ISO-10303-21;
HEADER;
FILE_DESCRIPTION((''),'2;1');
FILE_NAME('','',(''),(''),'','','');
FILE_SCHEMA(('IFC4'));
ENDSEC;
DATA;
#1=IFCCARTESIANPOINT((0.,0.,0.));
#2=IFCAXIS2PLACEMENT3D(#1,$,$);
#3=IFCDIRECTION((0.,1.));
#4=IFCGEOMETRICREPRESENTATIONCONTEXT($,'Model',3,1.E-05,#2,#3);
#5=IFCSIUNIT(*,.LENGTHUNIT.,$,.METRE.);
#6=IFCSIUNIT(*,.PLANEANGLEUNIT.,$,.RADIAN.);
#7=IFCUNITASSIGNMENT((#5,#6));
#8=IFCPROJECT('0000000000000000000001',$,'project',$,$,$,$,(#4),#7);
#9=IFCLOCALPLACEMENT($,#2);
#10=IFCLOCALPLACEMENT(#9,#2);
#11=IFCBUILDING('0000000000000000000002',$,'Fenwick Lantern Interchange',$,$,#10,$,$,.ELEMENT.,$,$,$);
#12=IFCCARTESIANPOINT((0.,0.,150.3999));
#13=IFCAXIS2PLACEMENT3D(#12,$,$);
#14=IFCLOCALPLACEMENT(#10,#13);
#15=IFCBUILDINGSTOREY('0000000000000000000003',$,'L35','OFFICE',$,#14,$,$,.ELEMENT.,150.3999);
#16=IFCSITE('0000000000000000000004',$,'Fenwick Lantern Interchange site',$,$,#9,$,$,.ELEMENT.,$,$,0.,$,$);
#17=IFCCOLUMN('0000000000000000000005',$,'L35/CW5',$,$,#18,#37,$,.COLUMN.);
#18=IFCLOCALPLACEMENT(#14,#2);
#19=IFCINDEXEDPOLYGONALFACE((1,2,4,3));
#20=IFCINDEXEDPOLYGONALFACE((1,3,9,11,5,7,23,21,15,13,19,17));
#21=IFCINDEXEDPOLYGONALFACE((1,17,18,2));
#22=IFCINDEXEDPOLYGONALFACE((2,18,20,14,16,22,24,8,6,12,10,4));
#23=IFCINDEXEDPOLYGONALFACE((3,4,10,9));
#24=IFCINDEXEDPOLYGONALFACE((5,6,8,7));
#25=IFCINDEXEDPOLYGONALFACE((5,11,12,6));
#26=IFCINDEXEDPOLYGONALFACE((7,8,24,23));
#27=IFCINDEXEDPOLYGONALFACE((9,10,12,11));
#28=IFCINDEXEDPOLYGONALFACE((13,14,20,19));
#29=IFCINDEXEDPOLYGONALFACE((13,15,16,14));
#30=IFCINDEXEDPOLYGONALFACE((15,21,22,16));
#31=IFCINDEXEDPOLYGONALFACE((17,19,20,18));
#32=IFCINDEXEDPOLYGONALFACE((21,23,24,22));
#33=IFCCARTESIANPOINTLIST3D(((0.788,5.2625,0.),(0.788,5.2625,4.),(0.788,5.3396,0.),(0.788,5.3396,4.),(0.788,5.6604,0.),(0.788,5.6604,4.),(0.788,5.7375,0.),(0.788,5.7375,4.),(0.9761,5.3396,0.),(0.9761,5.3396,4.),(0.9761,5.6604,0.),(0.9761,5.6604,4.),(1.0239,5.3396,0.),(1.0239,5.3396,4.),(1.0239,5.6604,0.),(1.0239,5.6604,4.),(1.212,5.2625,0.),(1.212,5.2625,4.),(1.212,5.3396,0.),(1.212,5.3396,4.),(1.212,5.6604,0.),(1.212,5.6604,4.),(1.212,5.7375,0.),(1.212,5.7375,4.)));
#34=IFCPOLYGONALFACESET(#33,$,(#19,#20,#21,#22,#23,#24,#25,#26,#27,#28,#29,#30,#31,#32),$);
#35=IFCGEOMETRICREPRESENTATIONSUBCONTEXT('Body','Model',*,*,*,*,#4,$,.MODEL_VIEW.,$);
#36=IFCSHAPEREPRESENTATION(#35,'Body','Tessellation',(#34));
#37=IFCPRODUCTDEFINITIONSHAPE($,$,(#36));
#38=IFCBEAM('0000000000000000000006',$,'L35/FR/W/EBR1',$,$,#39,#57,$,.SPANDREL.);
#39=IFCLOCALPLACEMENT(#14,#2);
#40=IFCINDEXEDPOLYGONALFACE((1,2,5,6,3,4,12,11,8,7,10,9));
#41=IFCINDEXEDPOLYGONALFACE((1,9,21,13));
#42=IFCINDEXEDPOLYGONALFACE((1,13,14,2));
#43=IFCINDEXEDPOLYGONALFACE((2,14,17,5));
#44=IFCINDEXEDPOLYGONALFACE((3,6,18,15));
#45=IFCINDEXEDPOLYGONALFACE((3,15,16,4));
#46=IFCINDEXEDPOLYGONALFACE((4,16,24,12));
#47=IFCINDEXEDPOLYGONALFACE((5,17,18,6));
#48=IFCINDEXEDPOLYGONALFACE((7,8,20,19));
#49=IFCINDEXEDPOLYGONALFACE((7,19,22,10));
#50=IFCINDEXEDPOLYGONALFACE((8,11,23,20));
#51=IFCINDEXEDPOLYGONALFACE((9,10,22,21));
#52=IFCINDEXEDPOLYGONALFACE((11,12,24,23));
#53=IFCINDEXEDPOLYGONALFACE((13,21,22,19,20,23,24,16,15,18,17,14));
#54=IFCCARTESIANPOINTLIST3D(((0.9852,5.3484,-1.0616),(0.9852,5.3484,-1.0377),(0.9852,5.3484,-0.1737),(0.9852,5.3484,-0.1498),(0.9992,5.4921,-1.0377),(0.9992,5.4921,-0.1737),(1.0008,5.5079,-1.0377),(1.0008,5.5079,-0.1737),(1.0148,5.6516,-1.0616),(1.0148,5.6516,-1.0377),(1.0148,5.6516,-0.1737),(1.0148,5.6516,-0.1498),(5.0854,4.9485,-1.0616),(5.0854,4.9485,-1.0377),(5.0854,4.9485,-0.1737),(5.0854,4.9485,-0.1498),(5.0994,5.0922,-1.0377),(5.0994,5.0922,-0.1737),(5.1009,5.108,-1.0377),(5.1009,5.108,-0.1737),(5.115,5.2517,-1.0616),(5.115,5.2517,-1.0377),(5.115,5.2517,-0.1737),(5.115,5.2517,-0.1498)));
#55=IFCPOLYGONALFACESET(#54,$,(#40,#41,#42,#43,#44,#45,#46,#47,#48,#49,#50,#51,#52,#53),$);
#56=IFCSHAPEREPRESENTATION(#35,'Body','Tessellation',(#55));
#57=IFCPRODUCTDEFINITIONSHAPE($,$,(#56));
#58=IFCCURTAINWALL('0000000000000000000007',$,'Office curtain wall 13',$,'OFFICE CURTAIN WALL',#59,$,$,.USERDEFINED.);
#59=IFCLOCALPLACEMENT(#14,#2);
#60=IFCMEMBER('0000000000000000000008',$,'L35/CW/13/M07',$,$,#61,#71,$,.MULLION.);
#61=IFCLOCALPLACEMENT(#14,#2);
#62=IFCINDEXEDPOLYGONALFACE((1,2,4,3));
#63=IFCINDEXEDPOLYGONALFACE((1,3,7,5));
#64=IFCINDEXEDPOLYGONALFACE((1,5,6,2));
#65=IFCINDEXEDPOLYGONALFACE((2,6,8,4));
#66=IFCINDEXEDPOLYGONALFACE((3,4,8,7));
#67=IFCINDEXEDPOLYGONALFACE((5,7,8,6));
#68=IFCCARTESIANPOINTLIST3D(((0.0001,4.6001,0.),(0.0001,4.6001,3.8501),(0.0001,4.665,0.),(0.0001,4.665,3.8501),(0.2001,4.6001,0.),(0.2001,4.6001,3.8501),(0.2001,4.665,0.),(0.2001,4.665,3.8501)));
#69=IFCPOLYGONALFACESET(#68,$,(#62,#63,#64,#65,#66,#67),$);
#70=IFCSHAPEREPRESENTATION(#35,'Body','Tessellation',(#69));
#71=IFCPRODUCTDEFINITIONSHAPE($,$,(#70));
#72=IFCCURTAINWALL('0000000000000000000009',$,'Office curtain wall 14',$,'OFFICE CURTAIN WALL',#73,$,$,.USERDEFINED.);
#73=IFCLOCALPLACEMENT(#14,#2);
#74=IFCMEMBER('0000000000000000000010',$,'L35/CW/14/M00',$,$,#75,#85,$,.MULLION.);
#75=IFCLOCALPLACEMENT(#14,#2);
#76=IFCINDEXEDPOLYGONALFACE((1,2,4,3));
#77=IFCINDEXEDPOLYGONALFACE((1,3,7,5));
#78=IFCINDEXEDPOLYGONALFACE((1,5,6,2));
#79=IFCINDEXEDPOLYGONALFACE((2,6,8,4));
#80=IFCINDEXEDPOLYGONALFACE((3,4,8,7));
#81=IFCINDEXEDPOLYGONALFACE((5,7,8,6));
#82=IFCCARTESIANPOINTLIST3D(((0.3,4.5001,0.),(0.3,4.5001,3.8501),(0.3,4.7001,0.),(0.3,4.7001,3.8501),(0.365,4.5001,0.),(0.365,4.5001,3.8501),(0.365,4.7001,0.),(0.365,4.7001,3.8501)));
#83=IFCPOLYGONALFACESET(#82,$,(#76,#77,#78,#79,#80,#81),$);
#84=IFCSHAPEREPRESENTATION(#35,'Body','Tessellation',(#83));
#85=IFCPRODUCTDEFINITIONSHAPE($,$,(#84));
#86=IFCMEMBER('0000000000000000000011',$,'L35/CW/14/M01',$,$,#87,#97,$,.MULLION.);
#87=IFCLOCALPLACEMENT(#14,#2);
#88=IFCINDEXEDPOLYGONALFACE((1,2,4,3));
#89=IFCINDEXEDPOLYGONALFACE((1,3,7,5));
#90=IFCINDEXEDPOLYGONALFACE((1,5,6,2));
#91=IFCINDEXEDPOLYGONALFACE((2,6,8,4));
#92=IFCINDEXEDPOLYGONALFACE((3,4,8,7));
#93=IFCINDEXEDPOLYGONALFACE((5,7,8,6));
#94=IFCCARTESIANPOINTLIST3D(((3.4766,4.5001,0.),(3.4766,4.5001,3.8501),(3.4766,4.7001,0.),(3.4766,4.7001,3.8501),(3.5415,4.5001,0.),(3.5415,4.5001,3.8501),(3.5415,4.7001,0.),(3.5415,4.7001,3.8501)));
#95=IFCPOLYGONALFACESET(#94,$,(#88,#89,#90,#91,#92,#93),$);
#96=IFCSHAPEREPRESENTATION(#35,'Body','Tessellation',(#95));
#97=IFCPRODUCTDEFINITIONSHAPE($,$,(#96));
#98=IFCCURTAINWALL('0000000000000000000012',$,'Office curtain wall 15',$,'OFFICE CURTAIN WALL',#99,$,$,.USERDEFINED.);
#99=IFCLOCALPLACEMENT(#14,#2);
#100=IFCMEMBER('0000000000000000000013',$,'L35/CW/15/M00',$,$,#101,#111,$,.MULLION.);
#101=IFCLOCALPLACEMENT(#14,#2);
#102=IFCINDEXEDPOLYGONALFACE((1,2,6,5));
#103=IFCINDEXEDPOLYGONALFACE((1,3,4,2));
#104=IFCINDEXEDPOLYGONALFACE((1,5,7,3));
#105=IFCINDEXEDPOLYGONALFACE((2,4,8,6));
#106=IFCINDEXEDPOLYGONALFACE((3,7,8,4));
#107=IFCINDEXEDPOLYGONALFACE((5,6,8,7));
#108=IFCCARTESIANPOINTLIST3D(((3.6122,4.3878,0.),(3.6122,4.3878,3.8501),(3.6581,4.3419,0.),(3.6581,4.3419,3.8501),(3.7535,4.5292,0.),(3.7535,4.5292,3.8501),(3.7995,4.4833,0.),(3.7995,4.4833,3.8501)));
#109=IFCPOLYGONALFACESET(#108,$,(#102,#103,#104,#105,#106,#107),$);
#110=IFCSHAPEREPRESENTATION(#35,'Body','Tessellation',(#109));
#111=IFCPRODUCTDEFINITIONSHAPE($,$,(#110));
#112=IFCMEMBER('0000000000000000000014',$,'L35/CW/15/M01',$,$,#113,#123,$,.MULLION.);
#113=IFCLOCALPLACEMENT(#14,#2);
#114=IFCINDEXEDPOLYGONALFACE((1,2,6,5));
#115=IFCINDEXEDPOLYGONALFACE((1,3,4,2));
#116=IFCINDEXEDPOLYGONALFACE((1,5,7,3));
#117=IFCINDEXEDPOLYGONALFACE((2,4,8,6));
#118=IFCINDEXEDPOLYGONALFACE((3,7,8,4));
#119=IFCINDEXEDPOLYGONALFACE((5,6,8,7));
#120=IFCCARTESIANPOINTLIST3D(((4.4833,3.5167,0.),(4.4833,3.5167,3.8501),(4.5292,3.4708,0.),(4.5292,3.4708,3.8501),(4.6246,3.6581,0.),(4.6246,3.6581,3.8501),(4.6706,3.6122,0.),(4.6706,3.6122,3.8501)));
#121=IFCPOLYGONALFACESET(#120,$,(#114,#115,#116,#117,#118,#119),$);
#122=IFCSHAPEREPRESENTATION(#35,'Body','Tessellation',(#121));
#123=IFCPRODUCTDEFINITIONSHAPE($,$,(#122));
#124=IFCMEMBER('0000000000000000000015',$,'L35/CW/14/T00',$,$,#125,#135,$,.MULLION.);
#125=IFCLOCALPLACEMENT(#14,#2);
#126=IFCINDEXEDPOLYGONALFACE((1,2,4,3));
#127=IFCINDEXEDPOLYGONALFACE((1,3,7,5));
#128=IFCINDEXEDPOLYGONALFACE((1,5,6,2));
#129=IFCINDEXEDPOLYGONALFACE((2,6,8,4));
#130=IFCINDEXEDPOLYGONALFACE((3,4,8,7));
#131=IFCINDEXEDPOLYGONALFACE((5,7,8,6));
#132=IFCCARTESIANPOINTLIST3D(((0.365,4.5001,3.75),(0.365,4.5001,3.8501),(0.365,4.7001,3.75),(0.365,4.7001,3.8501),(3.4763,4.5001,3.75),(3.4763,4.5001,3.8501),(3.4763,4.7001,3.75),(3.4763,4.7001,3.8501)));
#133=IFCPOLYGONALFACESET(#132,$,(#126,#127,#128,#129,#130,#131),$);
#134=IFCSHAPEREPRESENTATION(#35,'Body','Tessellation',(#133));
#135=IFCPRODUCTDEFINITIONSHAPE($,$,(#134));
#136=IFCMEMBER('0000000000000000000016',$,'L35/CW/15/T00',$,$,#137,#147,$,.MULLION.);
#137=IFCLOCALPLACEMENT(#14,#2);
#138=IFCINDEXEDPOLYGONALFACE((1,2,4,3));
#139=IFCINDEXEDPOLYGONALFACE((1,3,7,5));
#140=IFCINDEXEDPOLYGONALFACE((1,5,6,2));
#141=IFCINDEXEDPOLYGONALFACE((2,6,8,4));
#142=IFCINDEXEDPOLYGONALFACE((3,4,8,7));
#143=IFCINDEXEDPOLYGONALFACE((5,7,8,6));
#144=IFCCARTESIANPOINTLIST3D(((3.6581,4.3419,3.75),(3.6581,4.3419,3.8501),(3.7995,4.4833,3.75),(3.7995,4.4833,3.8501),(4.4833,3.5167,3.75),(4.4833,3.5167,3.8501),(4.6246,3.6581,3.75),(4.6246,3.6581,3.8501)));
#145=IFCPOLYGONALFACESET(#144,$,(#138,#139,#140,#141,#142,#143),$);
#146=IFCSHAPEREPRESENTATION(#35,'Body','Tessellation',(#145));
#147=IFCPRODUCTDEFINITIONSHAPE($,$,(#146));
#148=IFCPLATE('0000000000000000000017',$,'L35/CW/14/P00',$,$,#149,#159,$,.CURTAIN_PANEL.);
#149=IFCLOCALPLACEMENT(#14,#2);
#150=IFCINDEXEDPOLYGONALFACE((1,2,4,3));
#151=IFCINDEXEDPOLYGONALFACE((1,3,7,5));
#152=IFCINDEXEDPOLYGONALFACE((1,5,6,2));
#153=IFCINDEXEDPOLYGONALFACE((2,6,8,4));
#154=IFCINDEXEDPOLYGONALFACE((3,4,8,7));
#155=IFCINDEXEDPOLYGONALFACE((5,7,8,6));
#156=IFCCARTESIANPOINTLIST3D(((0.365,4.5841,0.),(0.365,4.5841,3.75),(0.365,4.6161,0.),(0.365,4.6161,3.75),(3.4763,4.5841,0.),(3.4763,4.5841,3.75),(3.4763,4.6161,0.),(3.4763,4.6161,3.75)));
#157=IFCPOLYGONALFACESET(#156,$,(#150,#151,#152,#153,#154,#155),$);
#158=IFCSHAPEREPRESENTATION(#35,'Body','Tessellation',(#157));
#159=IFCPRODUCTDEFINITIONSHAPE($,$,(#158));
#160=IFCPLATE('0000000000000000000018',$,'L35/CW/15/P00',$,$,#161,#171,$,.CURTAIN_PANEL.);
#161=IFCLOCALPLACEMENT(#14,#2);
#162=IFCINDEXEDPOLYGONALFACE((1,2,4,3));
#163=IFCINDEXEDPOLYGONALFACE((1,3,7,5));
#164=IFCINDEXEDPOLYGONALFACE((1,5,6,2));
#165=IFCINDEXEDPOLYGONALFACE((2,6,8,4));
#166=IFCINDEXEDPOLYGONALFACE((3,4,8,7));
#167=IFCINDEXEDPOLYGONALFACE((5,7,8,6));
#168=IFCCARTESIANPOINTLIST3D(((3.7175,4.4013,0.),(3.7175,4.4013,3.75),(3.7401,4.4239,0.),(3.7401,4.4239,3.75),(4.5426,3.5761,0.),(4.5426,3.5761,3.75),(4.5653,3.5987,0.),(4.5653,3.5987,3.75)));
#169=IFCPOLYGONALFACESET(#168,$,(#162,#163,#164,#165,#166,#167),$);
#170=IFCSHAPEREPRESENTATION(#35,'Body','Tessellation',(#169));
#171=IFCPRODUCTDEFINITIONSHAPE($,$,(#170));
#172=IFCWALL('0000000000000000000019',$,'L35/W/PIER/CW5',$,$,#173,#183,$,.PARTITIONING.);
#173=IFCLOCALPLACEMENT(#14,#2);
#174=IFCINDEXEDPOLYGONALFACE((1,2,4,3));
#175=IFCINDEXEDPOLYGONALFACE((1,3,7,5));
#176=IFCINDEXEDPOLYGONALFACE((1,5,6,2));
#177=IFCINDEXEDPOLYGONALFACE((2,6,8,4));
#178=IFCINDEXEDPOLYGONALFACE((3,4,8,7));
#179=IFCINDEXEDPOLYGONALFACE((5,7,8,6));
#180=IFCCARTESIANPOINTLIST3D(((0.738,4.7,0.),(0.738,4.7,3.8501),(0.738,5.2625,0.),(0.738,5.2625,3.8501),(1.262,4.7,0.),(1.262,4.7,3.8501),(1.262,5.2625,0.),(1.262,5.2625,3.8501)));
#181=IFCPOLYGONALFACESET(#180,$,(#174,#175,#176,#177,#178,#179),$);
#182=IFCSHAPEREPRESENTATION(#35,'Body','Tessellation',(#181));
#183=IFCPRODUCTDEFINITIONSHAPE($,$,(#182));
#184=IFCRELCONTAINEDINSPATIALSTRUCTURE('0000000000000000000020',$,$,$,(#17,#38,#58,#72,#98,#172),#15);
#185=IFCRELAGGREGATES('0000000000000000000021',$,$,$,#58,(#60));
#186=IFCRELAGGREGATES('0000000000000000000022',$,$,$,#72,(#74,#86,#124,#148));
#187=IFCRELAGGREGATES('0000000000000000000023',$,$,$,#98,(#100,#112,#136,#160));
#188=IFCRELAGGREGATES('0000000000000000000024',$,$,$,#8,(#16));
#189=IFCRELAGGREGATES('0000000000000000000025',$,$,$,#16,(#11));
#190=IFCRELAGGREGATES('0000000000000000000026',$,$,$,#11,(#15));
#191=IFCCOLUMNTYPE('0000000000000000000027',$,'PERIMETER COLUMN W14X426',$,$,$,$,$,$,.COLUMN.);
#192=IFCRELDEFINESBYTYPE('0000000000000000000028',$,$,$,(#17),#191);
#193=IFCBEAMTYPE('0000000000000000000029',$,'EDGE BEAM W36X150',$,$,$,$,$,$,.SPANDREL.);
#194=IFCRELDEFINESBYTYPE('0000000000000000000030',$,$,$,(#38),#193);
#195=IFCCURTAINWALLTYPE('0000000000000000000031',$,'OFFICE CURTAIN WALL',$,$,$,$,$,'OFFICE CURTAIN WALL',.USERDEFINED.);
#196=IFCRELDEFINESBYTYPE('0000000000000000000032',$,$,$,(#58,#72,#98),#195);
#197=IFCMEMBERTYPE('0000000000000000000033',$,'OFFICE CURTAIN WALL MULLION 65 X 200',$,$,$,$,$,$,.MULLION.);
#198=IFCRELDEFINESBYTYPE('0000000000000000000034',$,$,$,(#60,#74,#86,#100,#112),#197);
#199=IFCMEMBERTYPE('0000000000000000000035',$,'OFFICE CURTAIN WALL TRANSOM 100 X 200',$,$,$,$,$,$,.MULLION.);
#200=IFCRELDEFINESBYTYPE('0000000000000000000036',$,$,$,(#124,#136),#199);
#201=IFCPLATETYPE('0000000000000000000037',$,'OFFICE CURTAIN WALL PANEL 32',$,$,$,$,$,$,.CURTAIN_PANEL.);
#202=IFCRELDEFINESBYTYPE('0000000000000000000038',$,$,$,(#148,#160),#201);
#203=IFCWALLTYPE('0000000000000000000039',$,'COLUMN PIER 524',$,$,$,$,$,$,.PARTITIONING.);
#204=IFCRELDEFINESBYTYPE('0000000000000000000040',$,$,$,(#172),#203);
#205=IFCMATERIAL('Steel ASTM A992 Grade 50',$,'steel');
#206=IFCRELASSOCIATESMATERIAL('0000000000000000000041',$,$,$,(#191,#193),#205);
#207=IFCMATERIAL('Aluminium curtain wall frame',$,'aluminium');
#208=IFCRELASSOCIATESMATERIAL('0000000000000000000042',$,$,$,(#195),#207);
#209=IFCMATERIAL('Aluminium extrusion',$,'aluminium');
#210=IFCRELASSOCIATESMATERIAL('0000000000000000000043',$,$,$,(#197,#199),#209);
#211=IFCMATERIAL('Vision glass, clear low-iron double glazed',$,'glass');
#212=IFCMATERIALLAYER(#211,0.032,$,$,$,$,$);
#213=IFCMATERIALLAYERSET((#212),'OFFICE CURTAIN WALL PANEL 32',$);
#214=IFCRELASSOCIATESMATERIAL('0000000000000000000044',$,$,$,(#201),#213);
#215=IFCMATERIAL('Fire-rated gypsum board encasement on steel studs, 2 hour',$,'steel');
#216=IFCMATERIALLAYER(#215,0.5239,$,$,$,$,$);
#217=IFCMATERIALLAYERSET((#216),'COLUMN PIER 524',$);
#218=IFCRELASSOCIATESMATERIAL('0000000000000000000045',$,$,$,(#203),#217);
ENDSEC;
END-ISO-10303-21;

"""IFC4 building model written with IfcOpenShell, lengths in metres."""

from ifc_helpers import new_model, si_unit, direction, frame, frame_2d, origin, origin_2d, place, context, subcontext, project, spatial, rectangle, i_section, extrude, material, layer, layer_set, material_profile, profile_set, type_object, element, aggregate, save


model = new_model("IFC4")

# Units and contexts
model_context = context("Model", 3, precision=1e-05, world=origin(), true_north=direction((0.0, 1.0)))
body_context = subcontext(model_context, "Body", "Model", "MODEL_VIEW")
ifc_project = project(units=[si_unit("LENGTHUNIT", "METRE"), si_unit("PLANEANGLEUNIT", "RADIAN")], contexts=[model_context])

# Site, building, storey
site_placement = place(None, origin())
site = spatial("IfcSite", under=ifc_project, at=site_placement, Name="Fenwick Lantern Interchange site", CompositionType="ELEMENT", RefElevation=0.0)
building_placement = place(site_placement, origin())
building = spatial("IfcBuilding", under=site, at=building_placement, Name="Fenwick Lantern Interchange", CompositionType="ELEMENT")
storey_placement = place(building_placement, frame((0.0, 0.0, 150.3999)))
storey = spatial("IfcBuildingStorey", under=building, at=storey_placement, Name="L35", Description="OFFICE", CompositionType="ELEMENT", Elevation=150.3999)

# Column
ifc_material_1 = material(Name="Steel ASTM A992 Grade 50", Category="steel")
ifc_material_profile_1 = material_profile(ifc_material_1, i_section(OverallWidth=0.4241, OverallDepth=0.4751, WebThickness=0.0479, FlangeThickness=0.0771, at=origin_2d()), Name="W14X426")
ifc_profile_set_1 = profile_set([ifc_material_profile_1], Name="Steel ASTM A992 Grade 50")
column_type = type_object("IfcColumnType", Name="PERIMETER COLUMN W14X426", PredefinedType="COLUMN", material=ifc_profile_set_1)
column_placement = place(storey_placement, frame((1.0, 5.5, 0.0), z_axis=(0.0, 0.0, 1.0), x_axis=(1.0, 0.0, 0.0)))
element("IfcColumn", 1, at=column_placement, inside=storey, type_object=column_type, Name="L35/CW5", PredefinedType="COLUMN", context=body_context, shape_type="SweptSolid", body=[
    extrude(i_section(OverallWidth=0.4241, OverallDepth=0.4751, WebThickness=0.0479, FlangeThickness=0.0771, at=origin_2d()), origin(), (0.0, 0.0, 1.0), 4.0),
])

# Beam
ifc_material_profile_2 = material_profile(ifc_material_1, i_section(OverallWidth=0.3047, OverallDepth=0.9119, WebThickness=0.0159, FlangeThickness=0.0239, at=origin_2d()), Name="W36X150")
ifc_profile_set_2 = profile_set([ifc_material_profile_2], Name="Steel ASTM A992 Grade 50")
beam_type = type_object("IfcBeamType", Name="EDGE BEAM W36X150", PredefinedType="SPANDREL", material=ifc_profile_set_2)
beam_placement = place(storey_placement, frame((1.0, 5.5, -0.6057), z_axis=(0.995277, -0.097074, 0.0), x_axis=(0.097074, 0.995277, 0.0)))
element("IfcBeam", 2, at=beam_placement, inside=storey, type_object=beam_type, Name="L35/FR/W/EBR1", PredefinedType="SPANDREL", context=body_context, shape_type="SweptSolid", body=[
    extrude(i_section(OverallWidth=0.3047, OverallDepth=0.9119, WebThickness=0.0159, FlangeThickness=0.0239, at=origin_2d()), origin(), (0.0, 0.0, 1.0), 4.1196),
])

# Curtain wall, member
ifc_material_2 = material(Name="Aluminium curtain wall frame", Category="aluminium")
curtain_wall_type = type_object("IfcCurtainWallType", Name="OFFICE CURTAIN WALL", ElementType="OFFICE CURTAIN WALL", PredefinedType="USERDEFINED", material=ifc_material_2)
curtain_wall_1_placement = place(storey_placement, origin())
curtain_wall_1 = element("IfcCurtainWall", 3, at=curtain_wall_1_placement, inside=storey, type_object=curtain_wall_type, Name="Office curtain wall 13", ObjectType="OFFICE CURTAIN WALL", PredefinedType="USERDEFINED")
ifc_material_3 = material(Name="Aluminium extrusion", Category="aluminium")
ifc_material_profile_3 = material_profile(ifc_material_3, rectangle(XDim=0.2, YDim=0.0649, at=origin_2d()), Name="OFFICE CURTAIN WALL MULLION 65 X 200")
ifc_profile_set_3 = profile_set([ifc_material_profile_3], Name="Aluminium extrusion")
member_type_1 = type_object("IfcMemberType", Name="OFFICE CURTAIN WALL MULLION 65 X 200", PredefinedType="MULLION", material=ifc_profile_set_3)
member_1_placement = place(storey_placement, frame((0.1001, 4.6326, 0.0), z_axis=(0.0, 0.0, 1.0), x_axis=(1.0, 0.0, 0.0)))
member_1 = element("IfcMember", 4, at=member_1_placement, type_object=member_type_1, Name="L35/CW/13/M07", PredefinedType="MULLION", context=body_context, shape_type="SweptSolid", body=[
    extrude(rectangle(XDim=0.2, YDim=0.0649, at=origin_2d()), origin(), (0.0, 0.0, 1.0), 3.8501),
])
aggregate(curtain_wall_1, [member_1])

# Curtain walls, members
curtain_wall_2_placement = place(storey_placement, origin())
curtain_wall_2 = element("IfcCurtainWall", 5, at=curtain_wall_2_placement, inside=storey, type_object=curtain_wall_type, Name="Office curtain wall 14", ObjectType="OFFICE CURTAIN WALL", PredefinedType="USERDEFINED")
member_2_placement = place(storey_placement, frame((0.3325, 4.6001, 0.0), z_axis=(0.0, 0.0, 1.0), x_axis=(0.0, 1.0, 0.0)))
member_2 = element("IfcMember", 6, at=member_2_placement, type_object=member_type_1, Name="L35/CW/14/M00", PredefinedType="MULLION", context=body_context, shape_type="SweptSolid", body=[
    extrude(rectangle(XDim=0.2, YDim=0.0649, at=origin_2d()), origin(), (0.0, 0.0, 1.0), 3.8501),
])
member_3_placement = place(storey_placement, frame((3.509, 4.6001, 0.0), z_axis=(0.0, 0.0, 1.0), x_axis=(0.0, 1.0, 0.0)))
member_3 = element("IfcMember", 7, at=member_3_placement, type_object=member_type_1, Name="L35/CW/14/M01", PredefinedType="MULLION", context=body_context, shape_type="SweptSolid", body=[
    extrude(rectangle(XDim=0.2, YDim=0.0649, at=origin_2d()), origin(), (0.0, 0.0, 1.0), 3.8501),
])
curtain_wall_3_placement = place(storey_placement, origin())
curtain_wall_3 = element("IfcCurtainWall", 8, at=curtain_wall_3_placement, inside=storey, type_object=curtain_wall_type, Name="Office curtain wall 15", ObjectType="OFFICE CURTAIN WALL", PredefinedType="USERDEFINED")
member_4_placement = place(storey_placement, frame((3.7058, 4.4355, 0.0), z_axis=(0.0, 0.0, 1.0), x_axis=(0.707107, 0.707107, 0.0)))
member_4 = element("IfcMember", 9, at=member_4_placement, type_object=member_type_1, Name="L35/CW/15/M00", PredefinedType="MULLION", context=body_context, shape_type="SweptSolid", body=[
    extrude(rectangle(XDim=0.2, YDim=0.0649, at=origin_2d()), origin(), (0.0, 0.0, 1.0), 3.8501),
])
member_5_placement = place(storey_placement, frame((4.5769, 3.5645, 0.0), z_axis=(0.0, 0.0, 1.0), x_axis=(0.707107, 0.707107, 0.0)))
member_5 = element("IfcMember", 10, at=member_5_placement, type_object=member_type_1, Name="L35/CW/15/M01", PredefinedType="MULLION", context=body_context, shape_type="SweptSolid", body=[
    extrude(rectangle(XDim=0.2, YDim=0.0649, at=origin_2d()), origin(), (0.0, 0.0, 1.0), 3.8501),
])

# Members
ifc_material_profile_4 = material_profile(ifc_material_3, rectangle(XDim=0.2, YDim=0.1001, at=origin_2d()), Name="OFFICE CURTAIN WALL TRANSOM 100 X 200")
ifc_profile_set_4 = profile_set([ifc_material_profile_4], Name="Aluminium extrusion")
member_type_2 = type_object("IfcMemberType", Name="OFFICE CURTAIN WALL TRANSOM 100 X 200", PredefinedType="MULLION", material=ifc_profile_set_4)
member_6_placement = place(storey_placement, frame((0.365, 4.6001, 3.8), z_axis=(1.0, 0.0, 0.0), x_axis=(0.0, 1.0, 0.0)))
member_6 = element("IfcMember", 11, at=member_6_placement, type_object=member_type_2, Name="L35/CW/14/T00", PredefinedType="MULLION", context=body_context, shape_type="SweptSolid", body=[
    extrude(rectangle(XDim=0.2, YDim=0.1001, at=origin_2d()), origin(), (0.0, 0.0, 1.0), 3.1113),
])
member_7_placement = place(storey_placement, frame((3.7288, 4.4126, 3.8), z_axis=(0.707107, -0.707107, 0.0), x_axis=(0.707107, 0.707107, 0.0)))
member_7 = element("IfcMember", 12, at=member_7_placement, type_object=member_type_2, Name="L35/CW/15/T00", PredefinedType="MULLION", context=body_context, shape_type="SweptSolid", body=[
    extrude(rectangle(XDim=0.2, YDim=0.1001, at=origin_2d()), origin(), (0.0, 0.0, 1.0), 1.167),
])

# Shared definitions
ifc_material_4 = material(Name="Vision glass, clear low-iron double glazed", Category="glass")
ifc_layer_1 = layer(ifc_material_4, 0.032)
ifc_layer_set_1 = layer_set([ifc_layer_1], Name="OFFICE CURTAIN WALL PANEL 32")
plate_type = type_object("IfcPlateType", Name="OFFICE CURTAIN WALL PANEL 32", PredefinedType="CURTAIN_PANEL", material=ifc_layer_set_1)

# Plates
plate_1_placement = place(storey_placement, frame((1.9207, 4.6001, 0.0), z_axis=(0.0, 0.0, 1.0), x_axis=(1.0, 0.0, 0.0)))
plate_1 = element("IfcPlate", 13, at=plate_1_placement, type_object=plate_type, Name="L35/CW/14/P00", PredefinedType="CURTAIN_PANEL", context=body_context, shape_type="SweptSolid", body=[
    extrude(rectangle(XDim=3.1113, YDim=0.032, at=origin_2d()), origin(), (0.0, 0.0, 1.0), 3.75),
])
aggregate(curtain_wall_2, [member_2, member_3, member_6, plate_1])
plate_2_placement = place(storey_placement, frame((4.1414, 4.0, 0.0), z_axis=(0.0, 0.0, 1.0), x_axis=(0.707107, -0.707107, 0.0)))
plate_2 = element("IfcPlate", 14, at=plate_2_placement, type_object=plate_type, Name="L35/CW/15/P00", PredefinedType="CURTAIN_PANEL", context=body_context, shape_type="SweptSolid", body=[
    extrude(rectangle(XDim=1.167, YDim=0.032, at=origin_2d()), origin(), (0.0, 0.0, 1.0), 3.75),
])
aggregate(curtain_wall_3, [member_4, member_5, member_7, plate_2])

# Wall
ifc_material_5 = material(Name="Fire-rated gypsum board encasement on steel studs, 2 hour", Category="steel")
ifc_layer_2 = layer(ifc_material_5, 0.5239)
ifc_layer_set_2 = layer_set([ifc_layer_2], Name="COLUMN PIER 524")
wall_type_1 = type_object("IfcWallType", Name="COLUMN PIER 524", PredefinedType="PARTITIONING", material=ifc_layer_set_2)
wall_1_placement = place(storey_placement, frame((1.0, 4.7, 0.0), z_axis=(0.0, 0.0, 1.0), x_axis=(0.0, 1.0, 0.0)))
element("IfcWall", 15, at=wall_1_placement, inside=storey, type_object=wall_type_1, Name="L35/W/PIER/CW5", PredefinedType="PARTITIONING", context=body_context, shape_type="SweptSolid", body=[
    extrude(rectangle(XDim=0.5625, YDim=0.5239, at=frame_2d((0.2812, 0.0))), origin(), (0.0, 0.0, 1.0), 3.8501),
])

save(model, "model.ifc")
